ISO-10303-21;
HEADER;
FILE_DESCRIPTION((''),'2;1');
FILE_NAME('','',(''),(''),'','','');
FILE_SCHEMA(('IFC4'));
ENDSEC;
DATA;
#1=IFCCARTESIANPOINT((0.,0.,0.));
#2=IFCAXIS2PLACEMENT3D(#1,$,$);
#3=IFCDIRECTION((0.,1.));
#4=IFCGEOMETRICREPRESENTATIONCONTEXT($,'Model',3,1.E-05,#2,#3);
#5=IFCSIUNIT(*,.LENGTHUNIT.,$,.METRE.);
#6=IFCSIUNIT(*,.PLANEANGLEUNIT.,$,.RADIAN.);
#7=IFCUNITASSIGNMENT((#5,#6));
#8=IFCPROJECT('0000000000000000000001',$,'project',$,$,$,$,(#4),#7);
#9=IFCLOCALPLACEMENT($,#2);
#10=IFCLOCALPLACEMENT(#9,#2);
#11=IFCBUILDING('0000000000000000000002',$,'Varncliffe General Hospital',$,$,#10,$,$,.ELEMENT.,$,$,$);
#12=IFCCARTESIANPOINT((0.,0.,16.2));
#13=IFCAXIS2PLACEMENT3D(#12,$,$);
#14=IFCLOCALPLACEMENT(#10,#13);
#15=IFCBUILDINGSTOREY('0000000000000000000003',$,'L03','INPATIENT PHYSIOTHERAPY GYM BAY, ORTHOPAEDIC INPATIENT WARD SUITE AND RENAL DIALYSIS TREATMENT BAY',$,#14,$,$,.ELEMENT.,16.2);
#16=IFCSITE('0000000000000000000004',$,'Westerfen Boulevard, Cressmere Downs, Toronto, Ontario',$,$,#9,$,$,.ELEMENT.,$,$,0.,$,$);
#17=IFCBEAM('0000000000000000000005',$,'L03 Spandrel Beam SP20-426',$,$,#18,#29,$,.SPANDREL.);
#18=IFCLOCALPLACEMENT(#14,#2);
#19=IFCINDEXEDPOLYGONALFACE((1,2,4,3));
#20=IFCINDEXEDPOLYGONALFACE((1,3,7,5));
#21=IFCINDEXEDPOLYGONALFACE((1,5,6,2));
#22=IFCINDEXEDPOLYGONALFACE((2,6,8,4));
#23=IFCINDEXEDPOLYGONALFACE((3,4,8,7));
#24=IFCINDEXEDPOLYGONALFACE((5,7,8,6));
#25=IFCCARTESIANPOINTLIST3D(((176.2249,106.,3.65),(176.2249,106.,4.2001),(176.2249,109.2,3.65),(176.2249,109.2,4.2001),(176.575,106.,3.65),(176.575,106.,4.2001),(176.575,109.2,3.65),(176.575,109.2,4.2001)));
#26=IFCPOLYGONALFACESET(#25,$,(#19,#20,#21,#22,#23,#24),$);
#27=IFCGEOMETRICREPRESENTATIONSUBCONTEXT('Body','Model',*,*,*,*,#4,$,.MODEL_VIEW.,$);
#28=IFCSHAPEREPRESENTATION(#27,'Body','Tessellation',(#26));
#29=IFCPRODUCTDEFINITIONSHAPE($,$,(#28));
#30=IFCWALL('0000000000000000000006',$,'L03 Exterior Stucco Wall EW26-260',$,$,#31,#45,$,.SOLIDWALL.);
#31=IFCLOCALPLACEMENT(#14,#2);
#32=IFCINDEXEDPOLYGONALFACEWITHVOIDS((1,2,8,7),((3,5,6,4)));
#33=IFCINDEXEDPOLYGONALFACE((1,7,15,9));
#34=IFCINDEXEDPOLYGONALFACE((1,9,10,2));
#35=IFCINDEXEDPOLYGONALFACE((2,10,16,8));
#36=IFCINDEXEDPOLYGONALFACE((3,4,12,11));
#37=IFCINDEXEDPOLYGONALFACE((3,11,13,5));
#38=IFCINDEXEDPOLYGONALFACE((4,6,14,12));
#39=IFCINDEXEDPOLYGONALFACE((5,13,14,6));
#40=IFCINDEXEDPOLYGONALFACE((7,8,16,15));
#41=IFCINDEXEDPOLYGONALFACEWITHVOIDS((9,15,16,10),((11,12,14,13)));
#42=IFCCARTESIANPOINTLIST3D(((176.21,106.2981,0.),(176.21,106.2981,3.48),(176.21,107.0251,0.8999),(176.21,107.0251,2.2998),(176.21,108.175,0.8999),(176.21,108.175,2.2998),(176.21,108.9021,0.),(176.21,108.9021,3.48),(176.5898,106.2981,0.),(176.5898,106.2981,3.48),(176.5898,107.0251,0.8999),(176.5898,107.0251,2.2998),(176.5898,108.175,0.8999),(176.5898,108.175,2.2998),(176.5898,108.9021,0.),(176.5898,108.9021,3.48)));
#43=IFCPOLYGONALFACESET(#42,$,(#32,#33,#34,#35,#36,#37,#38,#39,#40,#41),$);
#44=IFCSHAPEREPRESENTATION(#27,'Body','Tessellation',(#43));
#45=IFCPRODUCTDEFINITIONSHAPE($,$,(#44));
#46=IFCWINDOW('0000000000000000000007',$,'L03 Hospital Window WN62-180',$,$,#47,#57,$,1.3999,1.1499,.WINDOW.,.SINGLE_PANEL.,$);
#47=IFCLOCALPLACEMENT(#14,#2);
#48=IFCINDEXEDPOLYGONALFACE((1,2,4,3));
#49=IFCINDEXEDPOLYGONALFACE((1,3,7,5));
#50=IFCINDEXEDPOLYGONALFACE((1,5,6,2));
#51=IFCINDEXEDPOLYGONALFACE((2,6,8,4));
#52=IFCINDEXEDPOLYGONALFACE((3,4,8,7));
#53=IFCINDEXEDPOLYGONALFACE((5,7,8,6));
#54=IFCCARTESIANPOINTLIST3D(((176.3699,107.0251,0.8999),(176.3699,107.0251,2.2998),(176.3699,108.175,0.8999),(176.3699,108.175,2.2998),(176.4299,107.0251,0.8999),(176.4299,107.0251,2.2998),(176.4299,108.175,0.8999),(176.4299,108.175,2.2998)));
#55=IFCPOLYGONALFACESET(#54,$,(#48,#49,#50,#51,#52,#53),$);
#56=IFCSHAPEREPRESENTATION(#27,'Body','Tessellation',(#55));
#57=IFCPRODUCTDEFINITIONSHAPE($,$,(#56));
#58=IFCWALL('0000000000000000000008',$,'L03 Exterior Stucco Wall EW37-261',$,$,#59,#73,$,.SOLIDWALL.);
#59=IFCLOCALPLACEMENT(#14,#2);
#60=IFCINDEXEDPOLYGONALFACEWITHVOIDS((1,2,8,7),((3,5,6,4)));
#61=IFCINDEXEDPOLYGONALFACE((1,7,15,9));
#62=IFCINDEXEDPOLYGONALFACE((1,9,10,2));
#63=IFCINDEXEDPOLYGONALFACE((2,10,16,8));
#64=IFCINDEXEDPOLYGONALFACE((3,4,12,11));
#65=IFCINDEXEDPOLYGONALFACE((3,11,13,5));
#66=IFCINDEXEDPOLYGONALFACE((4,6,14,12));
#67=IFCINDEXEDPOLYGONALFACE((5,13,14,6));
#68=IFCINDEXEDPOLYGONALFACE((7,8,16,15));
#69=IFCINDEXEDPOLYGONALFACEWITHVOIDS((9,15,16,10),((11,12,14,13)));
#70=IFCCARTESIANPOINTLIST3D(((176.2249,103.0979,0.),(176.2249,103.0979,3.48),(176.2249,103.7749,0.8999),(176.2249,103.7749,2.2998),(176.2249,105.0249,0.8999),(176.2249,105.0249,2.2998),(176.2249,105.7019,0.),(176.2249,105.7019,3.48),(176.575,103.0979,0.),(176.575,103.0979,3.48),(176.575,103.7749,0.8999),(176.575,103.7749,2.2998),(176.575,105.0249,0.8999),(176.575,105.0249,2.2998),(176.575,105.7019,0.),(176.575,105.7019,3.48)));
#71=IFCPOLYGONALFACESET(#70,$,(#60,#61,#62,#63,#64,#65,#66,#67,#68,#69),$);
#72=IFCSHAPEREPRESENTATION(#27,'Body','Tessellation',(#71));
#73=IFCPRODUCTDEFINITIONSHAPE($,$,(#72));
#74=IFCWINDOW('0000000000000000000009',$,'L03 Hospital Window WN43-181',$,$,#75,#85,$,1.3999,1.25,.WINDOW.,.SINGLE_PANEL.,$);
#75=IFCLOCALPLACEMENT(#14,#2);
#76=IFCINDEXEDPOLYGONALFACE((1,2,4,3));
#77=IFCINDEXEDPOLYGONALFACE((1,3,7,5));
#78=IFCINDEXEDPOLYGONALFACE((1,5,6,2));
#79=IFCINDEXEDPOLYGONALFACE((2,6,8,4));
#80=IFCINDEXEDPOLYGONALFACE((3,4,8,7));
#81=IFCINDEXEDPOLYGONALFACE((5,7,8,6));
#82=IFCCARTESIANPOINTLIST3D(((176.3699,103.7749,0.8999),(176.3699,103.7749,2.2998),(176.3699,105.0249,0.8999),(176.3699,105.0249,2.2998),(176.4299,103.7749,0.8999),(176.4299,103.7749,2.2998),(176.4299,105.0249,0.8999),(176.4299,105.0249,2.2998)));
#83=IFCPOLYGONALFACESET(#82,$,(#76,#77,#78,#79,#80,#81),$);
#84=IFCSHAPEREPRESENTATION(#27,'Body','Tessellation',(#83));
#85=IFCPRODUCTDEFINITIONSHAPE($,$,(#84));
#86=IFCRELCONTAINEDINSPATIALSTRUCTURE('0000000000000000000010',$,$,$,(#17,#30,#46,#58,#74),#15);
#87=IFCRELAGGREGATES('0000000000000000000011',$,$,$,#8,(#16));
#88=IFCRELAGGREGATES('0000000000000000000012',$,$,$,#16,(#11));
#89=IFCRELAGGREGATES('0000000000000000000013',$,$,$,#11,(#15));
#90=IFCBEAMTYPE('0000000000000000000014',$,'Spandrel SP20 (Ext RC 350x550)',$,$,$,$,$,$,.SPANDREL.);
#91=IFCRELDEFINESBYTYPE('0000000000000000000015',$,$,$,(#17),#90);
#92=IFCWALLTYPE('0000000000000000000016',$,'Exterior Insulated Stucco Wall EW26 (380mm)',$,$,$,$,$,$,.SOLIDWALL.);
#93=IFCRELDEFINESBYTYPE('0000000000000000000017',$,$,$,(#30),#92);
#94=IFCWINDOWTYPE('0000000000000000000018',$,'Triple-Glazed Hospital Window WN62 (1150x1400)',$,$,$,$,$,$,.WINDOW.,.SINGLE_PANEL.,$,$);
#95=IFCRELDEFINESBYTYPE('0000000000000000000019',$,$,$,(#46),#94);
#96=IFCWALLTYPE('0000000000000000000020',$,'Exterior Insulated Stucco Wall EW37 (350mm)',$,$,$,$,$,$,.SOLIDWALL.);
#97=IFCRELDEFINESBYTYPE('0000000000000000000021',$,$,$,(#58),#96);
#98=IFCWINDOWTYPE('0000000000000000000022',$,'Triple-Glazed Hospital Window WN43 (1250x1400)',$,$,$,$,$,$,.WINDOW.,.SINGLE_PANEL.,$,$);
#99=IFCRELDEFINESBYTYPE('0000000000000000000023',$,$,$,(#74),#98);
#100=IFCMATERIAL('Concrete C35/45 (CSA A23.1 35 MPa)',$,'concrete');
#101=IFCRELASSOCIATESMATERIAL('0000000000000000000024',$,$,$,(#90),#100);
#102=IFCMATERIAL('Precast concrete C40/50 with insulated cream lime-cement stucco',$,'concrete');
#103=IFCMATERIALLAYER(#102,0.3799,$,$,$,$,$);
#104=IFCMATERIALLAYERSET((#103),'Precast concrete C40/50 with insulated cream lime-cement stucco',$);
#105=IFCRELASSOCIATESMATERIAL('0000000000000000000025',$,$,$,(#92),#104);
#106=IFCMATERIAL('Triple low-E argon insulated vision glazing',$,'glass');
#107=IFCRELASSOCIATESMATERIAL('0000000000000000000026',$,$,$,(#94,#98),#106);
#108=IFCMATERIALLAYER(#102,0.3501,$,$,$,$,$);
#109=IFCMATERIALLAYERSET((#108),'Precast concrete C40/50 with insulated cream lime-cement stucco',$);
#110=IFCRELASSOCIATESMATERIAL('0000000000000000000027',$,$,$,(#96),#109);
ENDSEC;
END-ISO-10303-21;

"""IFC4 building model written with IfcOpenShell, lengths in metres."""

from ifc_helpers import new_model, si_unit, direction, frame, frame_2d, origin, origin_2d, place, context, subcontext, project, spatial, rectangle, extrude, material, layer, layer_set, material_profile, profile_set, type_object, element, fill, save


model = new_model("IFC4")

# Units and contexts
model_context = context("Model", 3, precision=1e-05, world=origin(), true_north=direction((0.0, 1.0)))
body_context = subcontext(model_context, "Body", "Model", "MODEL_VIEW")
ifc_project = project(units=[si_unit("LENGTHUNIT", "METRE"), si_unit("PLANEANGLEUNIT", "RADIAN")], contexts=[model_context])

# Site, building, storey
site_placement = place(None, origin())
site = spatial("IfcSite", under=ifc_project, at=site_placement, Name="Westerfen Boulevard, Cressmere Downs, Toronto, Ontario", CompositionType="ELEMENT", RefElevation=0.0)
building_placement = place(site_placement, origin())
building = spatial("IfcBuilding", under=site, at=building_placement, Name="Varncliffe General Hospital", CompositionType="ELEMENT")
storey_placement = place(building_placement, frame((0.0, 0.0, 16.2)))
storey = spatial("IfcBuildingStorey", under=building, at=storey_placement, Name="L03", Description="INPATIENT PHYSIOTHERAPY GYM BAY, ORTHOPAEDIC INPATIENT WARD SUITE AND RENAL DIALYSIS TREATMENT BAY", CompositionType="ELEMENT", Elevation=16.2)

# Beam
ifc_material_1 = material(Name="Concrete C35/45 (CSA A23.1 35 MPa)", Category="concrete")
ifc_material_profile_1 = material_profile(ifc_material_1, rectangle(XDim=0.3501, YDim=0.55, at=origin_2d()), Name="RC 350x550")
ifc_profile_set_1 = profile_set([ifc_material_profile_1], Name="Concrete C35/45 (CSA A23.1 35 MPa)")
beam_type_1 = type_object("IfcBeamType", Name="Spandrel SP20 (Ext RC 350x550)", PredefinedType="SPANDREL", material=ifc_profile_set_1)
for number, where, z_axis, x_axis, name in (
    (1, (176.3999, 106.0, 3.925), (0.0, 1.0, 0.0), (-1.0, 0.0, 0.0), "L03 Spandrel Beam SP20-426"),
):
    element("IfcBeam", number, at=place(storey_placement, frame(where, z_axis=z_axis, x_axis=x_axis)), inside=storey, type_object=beam_type_1, Name=name, PredefinedType="SPANDREL", context=body_context, shape_type="SweptSolid", body=[
        extrude(rectangle(XDim=0.3501, YDim=0.55, at=origin_2d()), origin(), (0.0, 0.0, 1.0), 3.2),
    ])

# Walls, openings, windows
ifc_material_2 = material(Name="Precast concrete C40/50 with insulated cream lime-cement stucco", Category="concrete")
ifc_layer_1 = layer(ifc_material_2, 0.3799)
ifc_layer_set_1 = layer_set([ifc_layer_1], Name="Precast concrete C40/50 with insulated cream lime-cement stucco")
wall_type_1 = type_object("IfcWallType", Name="Exterior Insulated Stucco Wall EW26 (380mm)", PredefinedType="SOLIDWALL", material=ifc_layer_set_1)
wall_1_placement = place(storey_placement, frame((176.3999, 108.9021, 0.0), z_axis=(0.0, 0.0, 1.0), x_axis=(0.0, -1.0, 0.0)))
wall_1 = element("IfcWall", 2, at=wall_1_placement, inside=storey, type_object=wall_type_1, Name="L03 Exterior Stucco Wall EW26-260", PredefinedType="SOLIDWALL", context=body_context, shape_type="SweptSolid", body=[
    extrude(rectangle(XDim=2.604, YDim=0.3799, at=frame_2d((1.302, 0.0))), origin(), (0.0, 0.0, 1.0), 3.48),
])
opening_1_placement = place(wall_1_placement, frame((0.7271, 0.0, 0.8999)))
opening_1 = element("IfcOpeningElement", 3, at=opening_1_placement, cuts=wall_1, PredefinedType="OPENING", context=body_context, shape_type="SweptSolid", body=[
    extrude(rectangle(XDim=1.1499, YDim=1.3999, at=frame_2d((0.575, 0.7))), frame((0.0, 0.2, 0.0), z_axis=(0.0, -1.0, 0.0), x_axis=(1.0, 0.0, 0.0)), (0.0, 0.0, 1.0), 0.3999),
])
ifc_material_3 = material(Name="Triple low-E argon insulated vision glazing", Category="glass")
window_type_1 = type_object("IfcWindowType", Name="Triple-Glazed Hospital Window WN62 (1150x1400)", PartitioningType="SINGLE_PANEL", PredefinedType="WINDOW", material=ifc_material_3)
window_1_placement = place(opening_1_placement, origin())
window_1 = element("IfcWindow", 4, at=window_1_placement, inside=storey, type_object=window_type_1, Name="L03 Hospital Window WN62-180", OverallHeight=1.3999, OverallWidth=1.1499, PartitioningType="SINGLE_PANEL", PredefinedType="WINDOW", context=body_context, shape_type="SweptSolid", body=[
    extrude(rectangle(XDim=1.1499, YDim=1.3999, at=frame_2d((0.575, 0.7))), frame((0.0, 0.03, 0.0), z_axis=(0.0, -1.0, 0.0), x_axis=(1.0, 0.0, 0.0)), (0.0, 0.0, 1.0), 0.0601),
])
fill(opening_1, window_1)
ifc_layer_2 = layer(ifc_material_2, 0.3501)
ifc_layer_set_2 = layer_set([ifc_layer_2], Name="Precast concrete C40/50 with insulated cream lime-cement stucco")
wall_type_2 = type_object("IfcWallType", Name="Exterior Insulated Stucco Wall EW37 (350mm)", PredefinedType="SOLIDWALL", material=ifc_layer_set_2)
wall_2_placement = place(storey_placement, frame((176.3999, 105.7019, 0.0), z_axis=(0.0, 0.0, 1.0), x_axis=(0.0, -1.0, 0.0)))
wall_2 = element("IfcWall", 5, at=wall_2_placement, inside=storey, type_object=wall_type_2, Name="L03 Exterior Stucco Wall EW37-261", PredefinedType="SOLIDWALL", context=body_context, shape_type="SweptSolid", body=[
    extrude(rectangle(XDim=2.604, YDim=0.3501, at=frame_2d((1.302, 0.0))), origin(), (0.0, 0.0, 1.0), 3.48),
])
opening_2_placement = place(wall_2_placement, frame((0.677, 0.0, 0.8999)))
opening_2 = element("IfcOpeningElement", 6, at=opening_2_placement, cuts=wall_2, PredefinedType="OPENING", context=body_context, shape_type="SweptSolid", body=[
    extrude(rectangle(XDim=1.25, YDim=1.3999, at=frame_2d((0.625, 0.7))), frame((0.0, 0.1851, 0.0), z_axis=(0.0, -1.0, 0.0), x_axis=(1.0, 0.0, 0.0)), (0.0, 0.0, 1.0), 0.3701),
])
window_type_2 = type_object("IfcWindowType", Name="Triple-Glazed Hospital Window WN43 (1250x1400)", PartitioningType="SINGLE_PANEL", PredefinedType="WINDOW", material=ifc_material_3)
window_2_placement = place(opening_2_placement, origin())
window_2 = element("IfcWindow", 7, at=window_2_placement, inside=storey, type_object=window_type_2, Name="L03 Hospital Window WN43-181", OverallHeight=1.3999, OverallWidth=1.25, PartitioningType="SINGLE_PANEL", PredefinedType="WINDOW", context=body_context, shape_type="SweptSolid", body=[
    extrude(rectangle(XDim=1.25, YDim=1.3999, at=frame_2d((0.625, 0.7))), frame((0.0, 0.03, 0.0), z_axis=(0.0, -1.0, 0.0), x_axis=(1.0, 0.0, 0.0)), (0.0, 0.0, 1.0), 0.0601),
])
fill(opening_2, window_2)

save(model, "model.ifc")
